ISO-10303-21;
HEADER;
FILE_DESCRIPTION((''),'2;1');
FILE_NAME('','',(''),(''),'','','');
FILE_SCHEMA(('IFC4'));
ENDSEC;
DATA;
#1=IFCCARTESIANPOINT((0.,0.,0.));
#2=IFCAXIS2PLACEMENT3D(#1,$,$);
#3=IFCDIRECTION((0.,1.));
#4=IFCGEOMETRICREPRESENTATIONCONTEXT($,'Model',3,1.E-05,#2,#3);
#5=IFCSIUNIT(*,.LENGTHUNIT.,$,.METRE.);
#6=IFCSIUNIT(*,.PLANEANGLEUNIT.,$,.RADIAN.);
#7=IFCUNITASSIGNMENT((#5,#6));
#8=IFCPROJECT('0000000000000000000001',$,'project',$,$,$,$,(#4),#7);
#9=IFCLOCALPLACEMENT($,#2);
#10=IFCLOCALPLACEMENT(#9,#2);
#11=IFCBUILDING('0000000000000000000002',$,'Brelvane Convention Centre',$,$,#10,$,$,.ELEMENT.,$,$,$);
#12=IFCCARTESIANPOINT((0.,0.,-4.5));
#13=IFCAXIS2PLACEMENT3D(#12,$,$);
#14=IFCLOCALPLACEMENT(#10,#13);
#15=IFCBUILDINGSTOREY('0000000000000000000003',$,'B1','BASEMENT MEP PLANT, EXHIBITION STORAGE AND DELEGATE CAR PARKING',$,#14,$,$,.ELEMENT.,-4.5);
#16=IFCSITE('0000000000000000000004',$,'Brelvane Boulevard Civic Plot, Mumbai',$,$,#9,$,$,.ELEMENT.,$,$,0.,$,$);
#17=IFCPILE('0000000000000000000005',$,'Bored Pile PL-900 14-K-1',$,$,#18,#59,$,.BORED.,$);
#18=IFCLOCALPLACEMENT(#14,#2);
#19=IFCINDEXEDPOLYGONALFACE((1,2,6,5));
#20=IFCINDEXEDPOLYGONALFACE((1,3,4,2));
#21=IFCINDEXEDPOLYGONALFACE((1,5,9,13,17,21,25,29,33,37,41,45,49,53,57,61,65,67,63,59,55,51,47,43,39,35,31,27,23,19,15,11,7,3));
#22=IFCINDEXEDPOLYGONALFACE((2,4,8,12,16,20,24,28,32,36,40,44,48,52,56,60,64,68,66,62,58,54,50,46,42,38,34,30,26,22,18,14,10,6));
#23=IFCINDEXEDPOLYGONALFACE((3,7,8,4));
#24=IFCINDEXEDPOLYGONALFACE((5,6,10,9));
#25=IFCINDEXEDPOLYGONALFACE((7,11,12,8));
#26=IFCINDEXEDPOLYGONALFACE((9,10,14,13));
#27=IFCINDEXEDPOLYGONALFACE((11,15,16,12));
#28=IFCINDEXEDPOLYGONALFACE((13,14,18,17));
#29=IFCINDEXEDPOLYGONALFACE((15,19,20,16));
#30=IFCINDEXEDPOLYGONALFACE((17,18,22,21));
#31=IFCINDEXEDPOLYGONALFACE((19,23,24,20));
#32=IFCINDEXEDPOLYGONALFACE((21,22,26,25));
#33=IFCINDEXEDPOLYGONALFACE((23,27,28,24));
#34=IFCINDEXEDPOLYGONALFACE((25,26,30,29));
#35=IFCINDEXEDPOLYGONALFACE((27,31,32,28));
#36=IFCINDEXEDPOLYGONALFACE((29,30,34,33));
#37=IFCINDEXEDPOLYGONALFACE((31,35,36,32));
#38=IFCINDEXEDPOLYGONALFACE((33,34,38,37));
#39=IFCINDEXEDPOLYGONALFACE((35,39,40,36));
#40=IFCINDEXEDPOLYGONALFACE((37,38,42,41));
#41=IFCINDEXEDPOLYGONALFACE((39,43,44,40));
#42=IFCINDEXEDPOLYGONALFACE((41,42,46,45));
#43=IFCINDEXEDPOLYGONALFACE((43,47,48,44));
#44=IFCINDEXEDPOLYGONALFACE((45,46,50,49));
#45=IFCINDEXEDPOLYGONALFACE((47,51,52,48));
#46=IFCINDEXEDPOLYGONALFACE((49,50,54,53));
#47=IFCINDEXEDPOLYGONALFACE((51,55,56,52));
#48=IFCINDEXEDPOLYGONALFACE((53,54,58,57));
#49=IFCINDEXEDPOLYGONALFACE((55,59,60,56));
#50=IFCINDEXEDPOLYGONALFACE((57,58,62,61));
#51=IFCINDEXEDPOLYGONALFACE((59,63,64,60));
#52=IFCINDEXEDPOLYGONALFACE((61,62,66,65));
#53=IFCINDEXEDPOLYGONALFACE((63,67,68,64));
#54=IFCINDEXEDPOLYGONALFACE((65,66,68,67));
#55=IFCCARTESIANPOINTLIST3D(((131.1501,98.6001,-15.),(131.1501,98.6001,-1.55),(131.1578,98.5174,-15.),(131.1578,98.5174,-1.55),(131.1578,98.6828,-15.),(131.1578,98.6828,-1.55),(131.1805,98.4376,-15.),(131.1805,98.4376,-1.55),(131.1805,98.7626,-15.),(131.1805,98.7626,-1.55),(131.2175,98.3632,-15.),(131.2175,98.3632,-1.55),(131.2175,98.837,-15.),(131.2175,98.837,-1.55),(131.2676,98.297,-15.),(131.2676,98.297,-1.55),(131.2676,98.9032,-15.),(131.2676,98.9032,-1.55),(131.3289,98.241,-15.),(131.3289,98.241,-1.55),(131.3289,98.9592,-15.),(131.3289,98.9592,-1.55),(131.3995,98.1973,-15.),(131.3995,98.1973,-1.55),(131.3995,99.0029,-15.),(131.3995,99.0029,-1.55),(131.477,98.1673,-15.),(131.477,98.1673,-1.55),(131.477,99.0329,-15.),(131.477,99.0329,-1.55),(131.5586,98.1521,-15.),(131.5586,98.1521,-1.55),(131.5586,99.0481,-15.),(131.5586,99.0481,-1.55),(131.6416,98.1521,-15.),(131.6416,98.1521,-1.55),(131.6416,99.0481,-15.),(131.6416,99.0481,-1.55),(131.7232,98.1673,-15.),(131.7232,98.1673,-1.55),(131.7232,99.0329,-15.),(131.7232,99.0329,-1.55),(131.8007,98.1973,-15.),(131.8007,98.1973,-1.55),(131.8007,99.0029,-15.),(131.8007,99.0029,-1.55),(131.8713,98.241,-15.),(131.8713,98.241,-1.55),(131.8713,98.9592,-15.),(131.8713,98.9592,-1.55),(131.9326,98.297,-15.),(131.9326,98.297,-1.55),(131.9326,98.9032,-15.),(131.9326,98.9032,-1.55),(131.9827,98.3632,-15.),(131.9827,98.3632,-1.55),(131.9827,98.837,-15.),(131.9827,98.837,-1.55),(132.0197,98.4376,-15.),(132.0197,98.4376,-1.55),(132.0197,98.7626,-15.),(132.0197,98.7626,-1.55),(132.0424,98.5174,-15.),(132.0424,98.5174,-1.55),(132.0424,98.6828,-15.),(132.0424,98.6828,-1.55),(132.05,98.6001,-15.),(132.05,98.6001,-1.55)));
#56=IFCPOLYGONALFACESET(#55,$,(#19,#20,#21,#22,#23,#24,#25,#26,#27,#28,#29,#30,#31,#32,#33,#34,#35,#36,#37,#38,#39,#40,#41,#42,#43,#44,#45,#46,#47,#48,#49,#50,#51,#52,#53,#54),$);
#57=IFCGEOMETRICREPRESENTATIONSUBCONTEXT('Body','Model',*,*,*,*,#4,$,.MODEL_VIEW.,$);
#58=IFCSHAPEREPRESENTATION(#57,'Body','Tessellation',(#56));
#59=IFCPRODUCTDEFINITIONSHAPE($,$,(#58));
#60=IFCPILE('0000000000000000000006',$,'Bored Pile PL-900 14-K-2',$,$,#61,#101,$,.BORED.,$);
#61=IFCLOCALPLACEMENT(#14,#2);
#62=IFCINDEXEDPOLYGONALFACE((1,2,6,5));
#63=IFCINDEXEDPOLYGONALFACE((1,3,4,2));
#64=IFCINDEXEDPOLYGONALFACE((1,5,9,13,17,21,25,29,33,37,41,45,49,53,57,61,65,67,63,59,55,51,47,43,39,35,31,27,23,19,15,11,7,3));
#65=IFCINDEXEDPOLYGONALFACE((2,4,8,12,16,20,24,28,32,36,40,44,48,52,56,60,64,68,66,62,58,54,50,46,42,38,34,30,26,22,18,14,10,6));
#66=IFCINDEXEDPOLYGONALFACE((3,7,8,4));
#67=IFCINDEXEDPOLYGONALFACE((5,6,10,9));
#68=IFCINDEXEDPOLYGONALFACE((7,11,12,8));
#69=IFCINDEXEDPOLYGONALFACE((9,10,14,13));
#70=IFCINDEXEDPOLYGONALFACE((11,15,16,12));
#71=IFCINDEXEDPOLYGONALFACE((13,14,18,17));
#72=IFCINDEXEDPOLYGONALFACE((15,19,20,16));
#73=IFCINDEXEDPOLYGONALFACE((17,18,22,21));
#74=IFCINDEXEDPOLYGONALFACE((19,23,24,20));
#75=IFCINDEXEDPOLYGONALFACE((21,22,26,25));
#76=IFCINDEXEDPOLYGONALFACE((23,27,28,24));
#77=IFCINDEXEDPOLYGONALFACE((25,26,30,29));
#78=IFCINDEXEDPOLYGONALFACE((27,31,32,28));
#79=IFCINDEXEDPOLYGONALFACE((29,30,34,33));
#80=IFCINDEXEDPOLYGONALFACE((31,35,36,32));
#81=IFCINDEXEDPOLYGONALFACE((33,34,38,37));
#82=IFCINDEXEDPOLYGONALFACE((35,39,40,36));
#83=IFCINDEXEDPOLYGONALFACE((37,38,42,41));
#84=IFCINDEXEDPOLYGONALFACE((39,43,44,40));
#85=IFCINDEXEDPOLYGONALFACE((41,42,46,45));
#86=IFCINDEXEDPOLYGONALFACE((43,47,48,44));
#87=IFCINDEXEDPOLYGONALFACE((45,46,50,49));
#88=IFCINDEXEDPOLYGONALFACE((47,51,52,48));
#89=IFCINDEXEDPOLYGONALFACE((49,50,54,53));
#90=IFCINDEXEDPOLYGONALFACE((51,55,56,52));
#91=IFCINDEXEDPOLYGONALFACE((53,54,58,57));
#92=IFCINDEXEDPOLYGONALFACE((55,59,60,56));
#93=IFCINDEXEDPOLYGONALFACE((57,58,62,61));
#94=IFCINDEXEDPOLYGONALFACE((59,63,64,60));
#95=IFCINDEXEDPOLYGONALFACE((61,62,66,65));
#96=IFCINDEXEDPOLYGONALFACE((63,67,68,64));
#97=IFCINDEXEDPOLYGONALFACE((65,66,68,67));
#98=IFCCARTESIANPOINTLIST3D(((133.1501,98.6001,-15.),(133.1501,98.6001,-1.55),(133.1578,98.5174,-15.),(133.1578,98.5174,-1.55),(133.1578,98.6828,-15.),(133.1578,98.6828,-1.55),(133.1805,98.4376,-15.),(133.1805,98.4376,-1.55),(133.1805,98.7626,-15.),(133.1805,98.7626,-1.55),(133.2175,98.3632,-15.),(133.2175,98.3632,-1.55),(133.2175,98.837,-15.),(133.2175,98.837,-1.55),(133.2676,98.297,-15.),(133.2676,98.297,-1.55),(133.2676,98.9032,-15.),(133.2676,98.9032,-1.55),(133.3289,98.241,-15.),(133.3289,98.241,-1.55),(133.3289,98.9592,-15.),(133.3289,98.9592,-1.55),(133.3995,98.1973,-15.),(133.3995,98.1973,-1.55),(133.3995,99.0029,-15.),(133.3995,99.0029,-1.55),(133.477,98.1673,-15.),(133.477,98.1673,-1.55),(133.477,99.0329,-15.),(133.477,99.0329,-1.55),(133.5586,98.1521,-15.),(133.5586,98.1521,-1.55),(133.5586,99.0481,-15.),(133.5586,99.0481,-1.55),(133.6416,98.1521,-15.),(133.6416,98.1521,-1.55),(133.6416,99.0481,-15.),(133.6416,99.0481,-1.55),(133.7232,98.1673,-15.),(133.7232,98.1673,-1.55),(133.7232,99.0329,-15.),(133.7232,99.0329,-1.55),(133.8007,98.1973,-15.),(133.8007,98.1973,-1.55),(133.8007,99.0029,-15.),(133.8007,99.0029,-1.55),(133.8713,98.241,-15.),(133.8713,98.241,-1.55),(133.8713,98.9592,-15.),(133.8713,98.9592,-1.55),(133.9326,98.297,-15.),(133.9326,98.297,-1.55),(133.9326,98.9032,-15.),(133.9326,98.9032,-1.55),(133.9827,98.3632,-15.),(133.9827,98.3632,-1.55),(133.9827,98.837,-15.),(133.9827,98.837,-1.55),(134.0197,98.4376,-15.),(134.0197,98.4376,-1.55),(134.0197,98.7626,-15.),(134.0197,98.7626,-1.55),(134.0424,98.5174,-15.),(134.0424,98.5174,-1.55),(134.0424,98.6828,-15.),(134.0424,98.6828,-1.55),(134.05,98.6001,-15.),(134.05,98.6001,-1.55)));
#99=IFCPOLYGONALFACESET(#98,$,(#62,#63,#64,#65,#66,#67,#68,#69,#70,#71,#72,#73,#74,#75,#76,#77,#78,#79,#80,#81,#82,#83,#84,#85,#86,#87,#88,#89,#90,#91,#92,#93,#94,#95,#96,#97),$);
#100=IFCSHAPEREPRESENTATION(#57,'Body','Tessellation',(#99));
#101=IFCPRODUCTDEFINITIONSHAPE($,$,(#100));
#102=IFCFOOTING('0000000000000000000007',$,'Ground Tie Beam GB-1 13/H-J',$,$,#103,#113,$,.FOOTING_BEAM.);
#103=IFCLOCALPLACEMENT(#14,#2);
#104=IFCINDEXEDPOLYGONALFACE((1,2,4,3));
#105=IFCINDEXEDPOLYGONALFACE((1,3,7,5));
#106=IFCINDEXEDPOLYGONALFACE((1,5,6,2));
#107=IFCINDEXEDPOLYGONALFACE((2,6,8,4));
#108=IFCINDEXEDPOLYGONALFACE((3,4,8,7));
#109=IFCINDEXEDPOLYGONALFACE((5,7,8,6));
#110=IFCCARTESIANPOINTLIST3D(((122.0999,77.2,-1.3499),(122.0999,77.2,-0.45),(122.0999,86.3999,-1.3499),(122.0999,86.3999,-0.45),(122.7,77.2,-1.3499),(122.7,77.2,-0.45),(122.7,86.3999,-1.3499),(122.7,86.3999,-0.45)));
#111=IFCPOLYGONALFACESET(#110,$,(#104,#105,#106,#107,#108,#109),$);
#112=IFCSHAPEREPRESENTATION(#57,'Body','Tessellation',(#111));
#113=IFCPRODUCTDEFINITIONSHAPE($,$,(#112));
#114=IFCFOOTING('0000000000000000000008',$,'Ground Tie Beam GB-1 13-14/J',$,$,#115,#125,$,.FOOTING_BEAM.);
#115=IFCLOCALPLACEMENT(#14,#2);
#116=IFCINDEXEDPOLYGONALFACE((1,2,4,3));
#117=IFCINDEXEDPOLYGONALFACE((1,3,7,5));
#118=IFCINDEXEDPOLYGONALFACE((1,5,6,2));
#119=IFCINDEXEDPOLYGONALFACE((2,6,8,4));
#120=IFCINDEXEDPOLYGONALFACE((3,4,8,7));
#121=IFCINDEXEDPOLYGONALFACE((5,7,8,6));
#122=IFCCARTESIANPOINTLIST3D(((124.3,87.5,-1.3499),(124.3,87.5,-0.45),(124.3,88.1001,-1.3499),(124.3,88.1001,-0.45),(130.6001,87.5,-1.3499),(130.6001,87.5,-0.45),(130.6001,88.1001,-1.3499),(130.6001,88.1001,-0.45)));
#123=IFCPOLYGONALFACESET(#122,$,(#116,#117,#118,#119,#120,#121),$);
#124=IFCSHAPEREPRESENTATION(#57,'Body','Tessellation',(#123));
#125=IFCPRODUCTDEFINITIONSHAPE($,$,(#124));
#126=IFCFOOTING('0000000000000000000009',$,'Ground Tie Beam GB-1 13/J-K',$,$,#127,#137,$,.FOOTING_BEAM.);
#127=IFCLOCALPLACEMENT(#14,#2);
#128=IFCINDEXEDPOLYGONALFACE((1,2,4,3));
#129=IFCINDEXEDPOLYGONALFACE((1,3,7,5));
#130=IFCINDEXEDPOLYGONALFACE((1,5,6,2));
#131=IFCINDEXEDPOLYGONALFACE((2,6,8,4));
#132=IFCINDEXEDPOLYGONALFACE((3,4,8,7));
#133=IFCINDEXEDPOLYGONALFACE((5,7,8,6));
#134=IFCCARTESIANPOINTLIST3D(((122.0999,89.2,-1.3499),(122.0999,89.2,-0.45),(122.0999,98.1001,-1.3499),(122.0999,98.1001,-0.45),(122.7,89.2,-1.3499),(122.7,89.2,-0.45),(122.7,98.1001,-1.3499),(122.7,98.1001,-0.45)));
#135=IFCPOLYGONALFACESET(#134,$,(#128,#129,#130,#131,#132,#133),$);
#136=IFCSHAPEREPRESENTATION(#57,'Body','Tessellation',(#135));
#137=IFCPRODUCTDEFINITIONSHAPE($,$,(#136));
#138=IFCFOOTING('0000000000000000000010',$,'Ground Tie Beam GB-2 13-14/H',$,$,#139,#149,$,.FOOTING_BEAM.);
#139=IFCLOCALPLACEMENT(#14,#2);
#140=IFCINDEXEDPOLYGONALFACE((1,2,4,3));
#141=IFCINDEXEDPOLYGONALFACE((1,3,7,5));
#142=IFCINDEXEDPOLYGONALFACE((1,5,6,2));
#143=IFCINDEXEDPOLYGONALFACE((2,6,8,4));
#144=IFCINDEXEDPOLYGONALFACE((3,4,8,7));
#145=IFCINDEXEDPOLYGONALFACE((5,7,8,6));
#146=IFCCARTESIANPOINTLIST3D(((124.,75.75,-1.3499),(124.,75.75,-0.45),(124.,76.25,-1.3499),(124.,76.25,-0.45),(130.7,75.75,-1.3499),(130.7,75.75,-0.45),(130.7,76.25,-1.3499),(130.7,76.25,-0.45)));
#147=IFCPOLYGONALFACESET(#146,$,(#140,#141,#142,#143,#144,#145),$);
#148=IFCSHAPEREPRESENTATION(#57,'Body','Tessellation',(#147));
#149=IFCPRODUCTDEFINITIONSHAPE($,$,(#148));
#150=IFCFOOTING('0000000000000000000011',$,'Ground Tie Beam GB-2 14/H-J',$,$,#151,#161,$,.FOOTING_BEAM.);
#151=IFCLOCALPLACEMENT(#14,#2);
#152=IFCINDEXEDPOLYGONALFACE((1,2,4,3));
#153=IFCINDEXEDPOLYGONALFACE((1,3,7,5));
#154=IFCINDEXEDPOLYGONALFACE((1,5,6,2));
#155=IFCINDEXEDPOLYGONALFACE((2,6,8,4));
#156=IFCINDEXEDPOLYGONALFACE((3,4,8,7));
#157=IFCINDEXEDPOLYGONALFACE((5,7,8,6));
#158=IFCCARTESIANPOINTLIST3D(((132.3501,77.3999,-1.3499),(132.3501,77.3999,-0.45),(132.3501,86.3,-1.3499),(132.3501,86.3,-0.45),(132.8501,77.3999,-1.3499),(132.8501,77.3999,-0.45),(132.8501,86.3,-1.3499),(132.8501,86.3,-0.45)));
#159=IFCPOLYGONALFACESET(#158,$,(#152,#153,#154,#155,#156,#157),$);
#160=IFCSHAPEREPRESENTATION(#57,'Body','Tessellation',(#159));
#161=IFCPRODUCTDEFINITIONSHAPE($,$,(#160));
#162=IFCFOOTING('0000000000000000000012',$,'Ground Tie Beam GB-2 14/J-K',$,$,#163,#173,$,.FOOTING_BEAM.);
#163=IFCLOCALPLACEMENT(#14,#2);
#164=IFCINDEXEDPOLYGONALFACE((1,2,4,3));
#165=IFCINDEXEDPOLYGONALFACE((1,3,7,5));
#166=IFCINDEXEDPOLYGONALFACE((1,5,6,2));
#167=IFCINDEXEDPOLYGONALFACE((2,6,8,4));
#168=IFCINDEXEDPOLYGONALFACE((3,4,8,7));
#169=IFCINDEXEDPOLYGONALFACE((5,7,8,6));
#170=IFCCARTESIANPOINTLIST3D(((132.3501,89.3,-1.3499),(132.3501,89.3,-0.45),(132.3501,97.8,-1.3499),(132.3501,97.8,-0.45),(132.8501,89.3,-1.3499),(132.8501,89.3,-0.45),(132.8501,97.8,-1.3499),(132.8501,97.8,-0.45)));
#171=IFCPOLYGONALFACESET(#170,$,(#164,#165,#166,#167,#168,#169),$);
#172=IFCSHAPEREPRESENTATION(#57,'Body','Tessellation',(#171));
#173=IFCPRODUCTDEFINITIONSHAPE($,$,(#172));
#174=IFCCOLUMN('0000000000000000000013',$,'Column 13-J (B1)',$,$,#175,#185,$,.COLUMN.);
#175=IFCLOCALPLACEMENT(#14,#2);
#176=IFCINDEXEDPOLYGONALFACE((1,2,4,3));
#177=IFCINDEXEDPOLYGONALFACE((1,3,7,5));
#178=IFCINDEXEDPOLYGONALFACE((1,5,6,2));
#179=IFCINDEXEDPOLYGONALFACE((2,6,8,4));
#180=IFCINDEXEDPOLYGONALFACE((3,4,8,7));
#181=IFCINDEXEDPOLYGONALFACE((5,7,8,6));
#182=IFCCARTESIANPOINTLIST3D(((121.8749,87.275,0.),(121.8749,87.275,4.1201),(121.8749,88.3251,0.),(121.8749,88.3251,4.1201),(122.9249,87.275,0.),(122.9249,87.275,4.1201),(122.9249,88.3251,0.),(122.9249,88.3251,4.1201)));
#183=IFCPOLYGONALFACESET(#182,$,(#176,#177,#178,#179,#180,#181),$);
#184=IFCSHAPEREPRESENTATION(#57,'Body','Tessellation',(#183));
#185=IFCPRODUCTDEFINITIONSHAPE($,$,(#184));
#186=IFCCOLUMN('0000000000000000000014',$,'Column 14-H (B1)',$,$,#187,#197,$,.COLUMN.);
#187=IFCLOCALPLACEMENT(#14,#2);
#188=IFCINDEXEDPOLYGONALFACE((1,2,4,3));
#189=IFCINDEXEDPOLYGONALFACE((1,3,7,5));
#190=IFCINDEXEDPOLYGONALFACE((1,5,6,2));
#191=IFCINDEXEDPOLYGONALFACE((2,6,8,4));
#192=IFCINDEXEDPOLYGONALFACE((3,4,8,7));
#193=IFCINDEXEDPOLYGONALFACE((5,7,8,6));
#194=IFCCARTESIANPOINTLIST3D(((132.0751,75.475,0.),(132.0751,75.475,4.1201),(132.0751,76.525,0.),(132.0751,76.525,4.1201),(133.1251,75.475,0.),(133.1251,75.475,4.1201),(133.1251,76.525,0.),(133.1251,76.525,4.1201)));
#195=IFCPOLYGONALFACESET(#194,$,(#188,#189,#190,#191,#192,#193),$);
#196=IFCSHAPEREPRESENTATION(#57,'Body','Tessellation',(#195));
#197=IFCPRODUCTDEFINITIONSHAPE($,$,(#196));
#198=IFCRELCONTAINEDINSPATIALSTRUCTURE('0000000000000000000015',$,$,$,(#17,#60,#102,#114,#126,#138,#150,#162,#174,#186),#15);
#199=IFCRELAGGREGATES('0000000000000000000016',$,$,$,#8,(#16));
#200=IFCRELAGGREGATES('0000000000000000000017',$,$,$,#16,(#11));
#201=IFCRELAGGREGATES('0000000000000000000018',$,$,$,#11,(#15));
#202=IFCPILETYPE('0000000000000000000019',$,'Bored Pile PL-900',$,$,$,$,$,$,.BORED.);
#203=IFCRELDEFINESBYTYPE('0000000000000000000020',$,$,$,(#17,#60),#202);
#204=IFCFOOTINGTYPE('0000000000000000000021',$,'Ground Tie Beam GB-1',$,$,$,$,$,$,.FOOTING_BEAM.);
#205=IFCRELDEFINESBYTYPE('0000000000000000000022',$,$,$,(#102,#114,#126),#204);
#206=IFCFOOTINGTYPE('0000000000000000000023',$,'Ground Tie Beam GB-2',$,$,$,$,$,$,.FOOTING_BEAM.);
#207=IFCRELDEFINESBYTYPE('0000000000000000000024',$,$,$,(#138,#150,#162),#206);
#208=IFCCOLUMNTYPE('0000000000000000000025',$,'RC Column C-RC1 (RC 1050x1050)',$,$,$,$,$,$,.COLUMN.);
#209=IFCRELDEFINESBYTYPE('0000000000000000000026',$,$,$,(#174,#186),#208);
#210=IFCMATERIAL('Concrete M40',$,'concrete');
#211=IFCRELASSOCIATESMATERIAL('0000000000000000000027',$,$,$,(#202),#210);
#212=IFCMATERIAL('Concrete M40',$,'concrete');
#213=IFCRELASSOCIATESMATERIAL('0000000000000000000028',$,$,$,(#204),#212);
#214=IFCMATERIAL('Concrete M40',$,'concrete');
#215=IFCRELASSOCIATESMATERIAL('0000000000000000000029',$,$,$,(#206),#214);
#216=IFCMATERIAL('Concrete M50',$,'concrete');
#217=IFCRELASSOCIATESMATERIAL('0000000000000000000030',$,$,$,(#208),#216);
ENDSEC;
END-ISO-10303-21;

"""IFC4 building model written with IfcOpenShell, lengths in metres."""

from ifc_helpers import new_model, si_unit, direction, frame, origin, origin_2d, place, context, subcontext, project, spatial, rectangle, circle, extrude, material, material_profile, profile_set, type_object, element, save


model = new_model("IFC4")

# Units and contexts
model_context = context("Model", 3, precision=1e-05, world=origin(), true_north=direction((0.0, 1.0)))
body_context = subcontext(model_context, "Body", "Model", "MODEL_VIEW")
ifc_project = project(units=[si_unit("LENGTHUNIT", "METRE"), si_unit("PLANEANGLEUNIT", "RADIAN")], contexts=[model_context])

# Site, building, storey
site_placement = place(None, origin())
site = spatial("IfcSite", under=ifc_project, at=site_placement, Name="Brelvane Boulevard Civic Plot, Mumbai", CompositionType="ELEMENT", RefElevation=0.0)
building_placement = place(site_placement, origin())
building = spatial("IfcBuilding", under=site, at=building_placement, Name="Brelvane Convention Centre", CompositionType="ELEMENT")
storey_placement = place(building_placement, frame((0.0, 0.0, -4.5)))
storey = spatial("IfcBuildingStorey", under=building, at=storey_placement, Name="B1", Description="BASEMENT MEP PLANT, EXHIBITION STORAGE AND DELEGATE CAR PARKING", CompositionType="ELEMENT", Elevation=-4.5)

# Piles
ifc_material_1 = material(Name="Concrete M40", Category="concrete")
ifc_material_profile_1 = material_profile(ifc_material_1, circle(Radius=0.45, at=origin_2d()), Name="PILE D900")
ifc_profile_set_1 = profile_set([ifc_material_profile_1], Name="Concrete M40")
pile_type = type_object("IfcPileType", Name="Bored Pile PL-900", PredefinedType="BORED", material=ifc_profile_set_1)
for number, where, z_axis, x_axis, name in (
    (1, (131.6001, 98.6001, -1.55), (0.0, 0.0, -1.0), (1.0, 0.0, 0.0), "Bored Pile PL-900 14-K-1"),
    (2, (133.6001, 98.6001, -1.55), (0.0, 0.0, -1.0), (1.0, 0.0, 0.0), "Bored Pile PL-900 14-K-2"),
):
    element("IfcPile", number, at=place(storey_placement, frame(where, z_axis=z_axis, x_axis=x_axis)), inside=storey, type_object=pile_type, Name=name, PredefinedType="BORED", context=body_context, shape_type="SweptSolid", body=[
        extrude(circle(Radius=0.45, at=origin_2d()), origin(), (0.0, 0.0, 1.0), 13.45),
    ])

# Footings
ifc_material_2 = material(Name="Concrete M40", Category="concrete")
ifc_material_profile_2 = material_profile(ifc_material_2, rectangle(XDim=0.6001, YDim=0.8999, at=origin_2d()), Name="RC 600x900")
ifc_profile_set_2 = profile_set([ifc_material_profile_2], Name="Concrete M40")
footing_type_1 = type_object("IfcFootingType", Name="Ground Tie Beam GB-1", PredefinedType="FOOTING_BEAM", material=ifc_profile_set_2)
footing_1_placement = place(storey_placement, frame((122.3999, 77.2, -0.8999), z_axis=(0.0, 1.0, 0.0), x_axis=(-1.0, 0.0, 0.0)))
element("IfcFooting", 3, at=footing_1_placement, inside=storey, type_object=footing_type_1, Name="Ground Tie Beam GB-1 13/H-J", PredefinedType="FOOTING_BEAM", context=body_context, shape_type="SweptSolid", body=[
    extrude(rectangle(XDim=0.6001, YDim=0.8999, at=origin_2d()), origin(), (0.0, 0.0, 1.0), 9.2),
])
footing_2_placement = place(storey_placement, frame((124.3, 87.8, -0.8999), z_axis=(1.0, 0.0, 0.0), x_axis=(0.0, 1.0, 0.0)))
element("IfcFooting", 4, at=footing_2_placement, inside=storey, type_object=footing_type_1, Name="Ground Tie Beam GB-1 13-14/J", PredefinedType="FOOTING_BEAM", context=body_context, shape_type="SweptSolid", body=[
    extrude(rectangle(XDim=0.6001, YDim=0.8999, at=origin_2d()), origin(), (0.0, 0.0, 1.0), 6.3),
])
footing_3_placement = place(storey_placement, frame((122.3999, 89.2, -0.8999), z_axis=(0.0, 1.0, 0.0), x_axis=(-1.0, 0.0, 0.0)))
element("IfcFooting", 5, at=footing_3_placement, inside=storey, type_object=footing_type_1, Name="Ground Tie Beam GB-1 13/J-K", PredefinedType="FOOTING_BEAM", context=body_context, shape_type="SweptSolid", body=[
    extrude(rectangle(XDim=0.6001, YDim=0.8999, at=origin_2d()), origin(), (0.0, 0.0, 1.0), 8.9001),
])
ifc_material_3 = material(Name="Concrete M40", Category="concrete")
ifc_material_profile_3 = material_profile(ifc_material_3, rectangle(XDim=0.5, YDim=0.8999, at=origin_2d()), Name="RC 500x900")
ifc_profile_set_3 = profile_set([ifc_material_profile_3], Name="Concrete M40")
footing_type_2 = type_object("IfcFootingType", Name="Ground Tie Beam GB-2", PredefinedType="FOOTING_BEAM", material=ifc_profile_set_3)
footing_4_placement = place(storey_placement, frame((124.0, 76.0, -0.8999), z_axis=(1.0, 0.0, 0.0), x_axis=(0.0, 1.0, 0.0)))
element("IfcFooting", 6, at=footing_4_placement, inside=storey, type_object=footing_type_2, Name="Ground Tie Beam GB-2 13-14/H", PredefinedType="FOOTING_BEAM", context=body_context, shape_type="SweptSolid", body=[
    extrude(rectangle(XDim=0.5, YDim=0.8999, at=origin_2d()), origin(), (0.0, 0.0, 1.0), 6.7),
])
footing_5_placement = place(storey_placement, frame((132.6001, 77.3999, -0.8999), z_axis=(0.0, 1.0, 0.0), x_axis=(-1.0, 0.0, 0.0)))
element("IfcFooting", 7, at=footing_5_placement, inside=storey, type_object=footing_type_2, Name="Ground Tie Beam GB-2 14/H-J", PredefinedType="FOOTING_BEAM", context=body_context, shape_type="SweptSolid", body=[
    extrude(rectangle(XDim=0.5, YDim=0.8999, at=origin_2d()), origin(), (0.0, 0.0, 1.0), 8.9001),
])
footing_6_placement = place(storey_placement, frame((132.6001, 89.3, -0.8999), z_axis=(0.0, 1.0, 0.0), x_axis=(-1.0, 0.0, 0.0)))
element("IfcFooting", 8, at=footing_6_placement, inside=storey, type_object=footing_type_2, Name="Ground Tie Beam GB-2 14/J-K", PredefinedType="FOOTING_BEAM", context=body_context, shape_type="SweptSolid", body=[
    extrude(rectangle(XDim=0.5, YDim=0.8999, at=origin_2d()), origin(), (0.0, 0.0, 1.0), 8.5),
])

# Columns
ifc_material_4 = material(Name="Concrete M50", Category="concrete")
ifc_material_profile_4 = material_profile(ifc_material_4, rectangle(XDim=1.05, YDim=1.05, at=origin_2d()), Name="RC 1050x1050")
ifc_profile_set_4 = profile_set([ifc_material_profile_4], Name="Concrete M50")
column_type_1 = type_object("IfcColumnType", Name="RC Column C-RC1 (RC 1050x1050)", PredefinedType="COLUMN", material=ifc_profile_set_4)
for number, where, z_axis, x_axis, name in (
    (9, (122.3999, 87.8, 0.0), (0.0, 0.0, 1.0), (1.0, 0.0, 0.0), "Column 13-J (B1)"),
    (10, (132.6001, 76.0, 0.0), (0.0, 0.0, 1.0), (1.0, 0.0, 0.0), "Column 14-H (B1)"),
):
    element("IfcColumn", number, at=place(storey_placement, frame(where, z_axis=z_axis, x_axis=x_axis)), inside=storey, type_object=column_type_1, Name=name, PredefinedType="COLUMN", context=body_context, shape_type="SweptSolid", body=[
        extrude(rectangle(XDim=1.05, YDim=1.05, at=origin_2d()), origin(), (0.0, 0.0, 1.0), 4.1201),
    ])

save(model, "model.ifc")
